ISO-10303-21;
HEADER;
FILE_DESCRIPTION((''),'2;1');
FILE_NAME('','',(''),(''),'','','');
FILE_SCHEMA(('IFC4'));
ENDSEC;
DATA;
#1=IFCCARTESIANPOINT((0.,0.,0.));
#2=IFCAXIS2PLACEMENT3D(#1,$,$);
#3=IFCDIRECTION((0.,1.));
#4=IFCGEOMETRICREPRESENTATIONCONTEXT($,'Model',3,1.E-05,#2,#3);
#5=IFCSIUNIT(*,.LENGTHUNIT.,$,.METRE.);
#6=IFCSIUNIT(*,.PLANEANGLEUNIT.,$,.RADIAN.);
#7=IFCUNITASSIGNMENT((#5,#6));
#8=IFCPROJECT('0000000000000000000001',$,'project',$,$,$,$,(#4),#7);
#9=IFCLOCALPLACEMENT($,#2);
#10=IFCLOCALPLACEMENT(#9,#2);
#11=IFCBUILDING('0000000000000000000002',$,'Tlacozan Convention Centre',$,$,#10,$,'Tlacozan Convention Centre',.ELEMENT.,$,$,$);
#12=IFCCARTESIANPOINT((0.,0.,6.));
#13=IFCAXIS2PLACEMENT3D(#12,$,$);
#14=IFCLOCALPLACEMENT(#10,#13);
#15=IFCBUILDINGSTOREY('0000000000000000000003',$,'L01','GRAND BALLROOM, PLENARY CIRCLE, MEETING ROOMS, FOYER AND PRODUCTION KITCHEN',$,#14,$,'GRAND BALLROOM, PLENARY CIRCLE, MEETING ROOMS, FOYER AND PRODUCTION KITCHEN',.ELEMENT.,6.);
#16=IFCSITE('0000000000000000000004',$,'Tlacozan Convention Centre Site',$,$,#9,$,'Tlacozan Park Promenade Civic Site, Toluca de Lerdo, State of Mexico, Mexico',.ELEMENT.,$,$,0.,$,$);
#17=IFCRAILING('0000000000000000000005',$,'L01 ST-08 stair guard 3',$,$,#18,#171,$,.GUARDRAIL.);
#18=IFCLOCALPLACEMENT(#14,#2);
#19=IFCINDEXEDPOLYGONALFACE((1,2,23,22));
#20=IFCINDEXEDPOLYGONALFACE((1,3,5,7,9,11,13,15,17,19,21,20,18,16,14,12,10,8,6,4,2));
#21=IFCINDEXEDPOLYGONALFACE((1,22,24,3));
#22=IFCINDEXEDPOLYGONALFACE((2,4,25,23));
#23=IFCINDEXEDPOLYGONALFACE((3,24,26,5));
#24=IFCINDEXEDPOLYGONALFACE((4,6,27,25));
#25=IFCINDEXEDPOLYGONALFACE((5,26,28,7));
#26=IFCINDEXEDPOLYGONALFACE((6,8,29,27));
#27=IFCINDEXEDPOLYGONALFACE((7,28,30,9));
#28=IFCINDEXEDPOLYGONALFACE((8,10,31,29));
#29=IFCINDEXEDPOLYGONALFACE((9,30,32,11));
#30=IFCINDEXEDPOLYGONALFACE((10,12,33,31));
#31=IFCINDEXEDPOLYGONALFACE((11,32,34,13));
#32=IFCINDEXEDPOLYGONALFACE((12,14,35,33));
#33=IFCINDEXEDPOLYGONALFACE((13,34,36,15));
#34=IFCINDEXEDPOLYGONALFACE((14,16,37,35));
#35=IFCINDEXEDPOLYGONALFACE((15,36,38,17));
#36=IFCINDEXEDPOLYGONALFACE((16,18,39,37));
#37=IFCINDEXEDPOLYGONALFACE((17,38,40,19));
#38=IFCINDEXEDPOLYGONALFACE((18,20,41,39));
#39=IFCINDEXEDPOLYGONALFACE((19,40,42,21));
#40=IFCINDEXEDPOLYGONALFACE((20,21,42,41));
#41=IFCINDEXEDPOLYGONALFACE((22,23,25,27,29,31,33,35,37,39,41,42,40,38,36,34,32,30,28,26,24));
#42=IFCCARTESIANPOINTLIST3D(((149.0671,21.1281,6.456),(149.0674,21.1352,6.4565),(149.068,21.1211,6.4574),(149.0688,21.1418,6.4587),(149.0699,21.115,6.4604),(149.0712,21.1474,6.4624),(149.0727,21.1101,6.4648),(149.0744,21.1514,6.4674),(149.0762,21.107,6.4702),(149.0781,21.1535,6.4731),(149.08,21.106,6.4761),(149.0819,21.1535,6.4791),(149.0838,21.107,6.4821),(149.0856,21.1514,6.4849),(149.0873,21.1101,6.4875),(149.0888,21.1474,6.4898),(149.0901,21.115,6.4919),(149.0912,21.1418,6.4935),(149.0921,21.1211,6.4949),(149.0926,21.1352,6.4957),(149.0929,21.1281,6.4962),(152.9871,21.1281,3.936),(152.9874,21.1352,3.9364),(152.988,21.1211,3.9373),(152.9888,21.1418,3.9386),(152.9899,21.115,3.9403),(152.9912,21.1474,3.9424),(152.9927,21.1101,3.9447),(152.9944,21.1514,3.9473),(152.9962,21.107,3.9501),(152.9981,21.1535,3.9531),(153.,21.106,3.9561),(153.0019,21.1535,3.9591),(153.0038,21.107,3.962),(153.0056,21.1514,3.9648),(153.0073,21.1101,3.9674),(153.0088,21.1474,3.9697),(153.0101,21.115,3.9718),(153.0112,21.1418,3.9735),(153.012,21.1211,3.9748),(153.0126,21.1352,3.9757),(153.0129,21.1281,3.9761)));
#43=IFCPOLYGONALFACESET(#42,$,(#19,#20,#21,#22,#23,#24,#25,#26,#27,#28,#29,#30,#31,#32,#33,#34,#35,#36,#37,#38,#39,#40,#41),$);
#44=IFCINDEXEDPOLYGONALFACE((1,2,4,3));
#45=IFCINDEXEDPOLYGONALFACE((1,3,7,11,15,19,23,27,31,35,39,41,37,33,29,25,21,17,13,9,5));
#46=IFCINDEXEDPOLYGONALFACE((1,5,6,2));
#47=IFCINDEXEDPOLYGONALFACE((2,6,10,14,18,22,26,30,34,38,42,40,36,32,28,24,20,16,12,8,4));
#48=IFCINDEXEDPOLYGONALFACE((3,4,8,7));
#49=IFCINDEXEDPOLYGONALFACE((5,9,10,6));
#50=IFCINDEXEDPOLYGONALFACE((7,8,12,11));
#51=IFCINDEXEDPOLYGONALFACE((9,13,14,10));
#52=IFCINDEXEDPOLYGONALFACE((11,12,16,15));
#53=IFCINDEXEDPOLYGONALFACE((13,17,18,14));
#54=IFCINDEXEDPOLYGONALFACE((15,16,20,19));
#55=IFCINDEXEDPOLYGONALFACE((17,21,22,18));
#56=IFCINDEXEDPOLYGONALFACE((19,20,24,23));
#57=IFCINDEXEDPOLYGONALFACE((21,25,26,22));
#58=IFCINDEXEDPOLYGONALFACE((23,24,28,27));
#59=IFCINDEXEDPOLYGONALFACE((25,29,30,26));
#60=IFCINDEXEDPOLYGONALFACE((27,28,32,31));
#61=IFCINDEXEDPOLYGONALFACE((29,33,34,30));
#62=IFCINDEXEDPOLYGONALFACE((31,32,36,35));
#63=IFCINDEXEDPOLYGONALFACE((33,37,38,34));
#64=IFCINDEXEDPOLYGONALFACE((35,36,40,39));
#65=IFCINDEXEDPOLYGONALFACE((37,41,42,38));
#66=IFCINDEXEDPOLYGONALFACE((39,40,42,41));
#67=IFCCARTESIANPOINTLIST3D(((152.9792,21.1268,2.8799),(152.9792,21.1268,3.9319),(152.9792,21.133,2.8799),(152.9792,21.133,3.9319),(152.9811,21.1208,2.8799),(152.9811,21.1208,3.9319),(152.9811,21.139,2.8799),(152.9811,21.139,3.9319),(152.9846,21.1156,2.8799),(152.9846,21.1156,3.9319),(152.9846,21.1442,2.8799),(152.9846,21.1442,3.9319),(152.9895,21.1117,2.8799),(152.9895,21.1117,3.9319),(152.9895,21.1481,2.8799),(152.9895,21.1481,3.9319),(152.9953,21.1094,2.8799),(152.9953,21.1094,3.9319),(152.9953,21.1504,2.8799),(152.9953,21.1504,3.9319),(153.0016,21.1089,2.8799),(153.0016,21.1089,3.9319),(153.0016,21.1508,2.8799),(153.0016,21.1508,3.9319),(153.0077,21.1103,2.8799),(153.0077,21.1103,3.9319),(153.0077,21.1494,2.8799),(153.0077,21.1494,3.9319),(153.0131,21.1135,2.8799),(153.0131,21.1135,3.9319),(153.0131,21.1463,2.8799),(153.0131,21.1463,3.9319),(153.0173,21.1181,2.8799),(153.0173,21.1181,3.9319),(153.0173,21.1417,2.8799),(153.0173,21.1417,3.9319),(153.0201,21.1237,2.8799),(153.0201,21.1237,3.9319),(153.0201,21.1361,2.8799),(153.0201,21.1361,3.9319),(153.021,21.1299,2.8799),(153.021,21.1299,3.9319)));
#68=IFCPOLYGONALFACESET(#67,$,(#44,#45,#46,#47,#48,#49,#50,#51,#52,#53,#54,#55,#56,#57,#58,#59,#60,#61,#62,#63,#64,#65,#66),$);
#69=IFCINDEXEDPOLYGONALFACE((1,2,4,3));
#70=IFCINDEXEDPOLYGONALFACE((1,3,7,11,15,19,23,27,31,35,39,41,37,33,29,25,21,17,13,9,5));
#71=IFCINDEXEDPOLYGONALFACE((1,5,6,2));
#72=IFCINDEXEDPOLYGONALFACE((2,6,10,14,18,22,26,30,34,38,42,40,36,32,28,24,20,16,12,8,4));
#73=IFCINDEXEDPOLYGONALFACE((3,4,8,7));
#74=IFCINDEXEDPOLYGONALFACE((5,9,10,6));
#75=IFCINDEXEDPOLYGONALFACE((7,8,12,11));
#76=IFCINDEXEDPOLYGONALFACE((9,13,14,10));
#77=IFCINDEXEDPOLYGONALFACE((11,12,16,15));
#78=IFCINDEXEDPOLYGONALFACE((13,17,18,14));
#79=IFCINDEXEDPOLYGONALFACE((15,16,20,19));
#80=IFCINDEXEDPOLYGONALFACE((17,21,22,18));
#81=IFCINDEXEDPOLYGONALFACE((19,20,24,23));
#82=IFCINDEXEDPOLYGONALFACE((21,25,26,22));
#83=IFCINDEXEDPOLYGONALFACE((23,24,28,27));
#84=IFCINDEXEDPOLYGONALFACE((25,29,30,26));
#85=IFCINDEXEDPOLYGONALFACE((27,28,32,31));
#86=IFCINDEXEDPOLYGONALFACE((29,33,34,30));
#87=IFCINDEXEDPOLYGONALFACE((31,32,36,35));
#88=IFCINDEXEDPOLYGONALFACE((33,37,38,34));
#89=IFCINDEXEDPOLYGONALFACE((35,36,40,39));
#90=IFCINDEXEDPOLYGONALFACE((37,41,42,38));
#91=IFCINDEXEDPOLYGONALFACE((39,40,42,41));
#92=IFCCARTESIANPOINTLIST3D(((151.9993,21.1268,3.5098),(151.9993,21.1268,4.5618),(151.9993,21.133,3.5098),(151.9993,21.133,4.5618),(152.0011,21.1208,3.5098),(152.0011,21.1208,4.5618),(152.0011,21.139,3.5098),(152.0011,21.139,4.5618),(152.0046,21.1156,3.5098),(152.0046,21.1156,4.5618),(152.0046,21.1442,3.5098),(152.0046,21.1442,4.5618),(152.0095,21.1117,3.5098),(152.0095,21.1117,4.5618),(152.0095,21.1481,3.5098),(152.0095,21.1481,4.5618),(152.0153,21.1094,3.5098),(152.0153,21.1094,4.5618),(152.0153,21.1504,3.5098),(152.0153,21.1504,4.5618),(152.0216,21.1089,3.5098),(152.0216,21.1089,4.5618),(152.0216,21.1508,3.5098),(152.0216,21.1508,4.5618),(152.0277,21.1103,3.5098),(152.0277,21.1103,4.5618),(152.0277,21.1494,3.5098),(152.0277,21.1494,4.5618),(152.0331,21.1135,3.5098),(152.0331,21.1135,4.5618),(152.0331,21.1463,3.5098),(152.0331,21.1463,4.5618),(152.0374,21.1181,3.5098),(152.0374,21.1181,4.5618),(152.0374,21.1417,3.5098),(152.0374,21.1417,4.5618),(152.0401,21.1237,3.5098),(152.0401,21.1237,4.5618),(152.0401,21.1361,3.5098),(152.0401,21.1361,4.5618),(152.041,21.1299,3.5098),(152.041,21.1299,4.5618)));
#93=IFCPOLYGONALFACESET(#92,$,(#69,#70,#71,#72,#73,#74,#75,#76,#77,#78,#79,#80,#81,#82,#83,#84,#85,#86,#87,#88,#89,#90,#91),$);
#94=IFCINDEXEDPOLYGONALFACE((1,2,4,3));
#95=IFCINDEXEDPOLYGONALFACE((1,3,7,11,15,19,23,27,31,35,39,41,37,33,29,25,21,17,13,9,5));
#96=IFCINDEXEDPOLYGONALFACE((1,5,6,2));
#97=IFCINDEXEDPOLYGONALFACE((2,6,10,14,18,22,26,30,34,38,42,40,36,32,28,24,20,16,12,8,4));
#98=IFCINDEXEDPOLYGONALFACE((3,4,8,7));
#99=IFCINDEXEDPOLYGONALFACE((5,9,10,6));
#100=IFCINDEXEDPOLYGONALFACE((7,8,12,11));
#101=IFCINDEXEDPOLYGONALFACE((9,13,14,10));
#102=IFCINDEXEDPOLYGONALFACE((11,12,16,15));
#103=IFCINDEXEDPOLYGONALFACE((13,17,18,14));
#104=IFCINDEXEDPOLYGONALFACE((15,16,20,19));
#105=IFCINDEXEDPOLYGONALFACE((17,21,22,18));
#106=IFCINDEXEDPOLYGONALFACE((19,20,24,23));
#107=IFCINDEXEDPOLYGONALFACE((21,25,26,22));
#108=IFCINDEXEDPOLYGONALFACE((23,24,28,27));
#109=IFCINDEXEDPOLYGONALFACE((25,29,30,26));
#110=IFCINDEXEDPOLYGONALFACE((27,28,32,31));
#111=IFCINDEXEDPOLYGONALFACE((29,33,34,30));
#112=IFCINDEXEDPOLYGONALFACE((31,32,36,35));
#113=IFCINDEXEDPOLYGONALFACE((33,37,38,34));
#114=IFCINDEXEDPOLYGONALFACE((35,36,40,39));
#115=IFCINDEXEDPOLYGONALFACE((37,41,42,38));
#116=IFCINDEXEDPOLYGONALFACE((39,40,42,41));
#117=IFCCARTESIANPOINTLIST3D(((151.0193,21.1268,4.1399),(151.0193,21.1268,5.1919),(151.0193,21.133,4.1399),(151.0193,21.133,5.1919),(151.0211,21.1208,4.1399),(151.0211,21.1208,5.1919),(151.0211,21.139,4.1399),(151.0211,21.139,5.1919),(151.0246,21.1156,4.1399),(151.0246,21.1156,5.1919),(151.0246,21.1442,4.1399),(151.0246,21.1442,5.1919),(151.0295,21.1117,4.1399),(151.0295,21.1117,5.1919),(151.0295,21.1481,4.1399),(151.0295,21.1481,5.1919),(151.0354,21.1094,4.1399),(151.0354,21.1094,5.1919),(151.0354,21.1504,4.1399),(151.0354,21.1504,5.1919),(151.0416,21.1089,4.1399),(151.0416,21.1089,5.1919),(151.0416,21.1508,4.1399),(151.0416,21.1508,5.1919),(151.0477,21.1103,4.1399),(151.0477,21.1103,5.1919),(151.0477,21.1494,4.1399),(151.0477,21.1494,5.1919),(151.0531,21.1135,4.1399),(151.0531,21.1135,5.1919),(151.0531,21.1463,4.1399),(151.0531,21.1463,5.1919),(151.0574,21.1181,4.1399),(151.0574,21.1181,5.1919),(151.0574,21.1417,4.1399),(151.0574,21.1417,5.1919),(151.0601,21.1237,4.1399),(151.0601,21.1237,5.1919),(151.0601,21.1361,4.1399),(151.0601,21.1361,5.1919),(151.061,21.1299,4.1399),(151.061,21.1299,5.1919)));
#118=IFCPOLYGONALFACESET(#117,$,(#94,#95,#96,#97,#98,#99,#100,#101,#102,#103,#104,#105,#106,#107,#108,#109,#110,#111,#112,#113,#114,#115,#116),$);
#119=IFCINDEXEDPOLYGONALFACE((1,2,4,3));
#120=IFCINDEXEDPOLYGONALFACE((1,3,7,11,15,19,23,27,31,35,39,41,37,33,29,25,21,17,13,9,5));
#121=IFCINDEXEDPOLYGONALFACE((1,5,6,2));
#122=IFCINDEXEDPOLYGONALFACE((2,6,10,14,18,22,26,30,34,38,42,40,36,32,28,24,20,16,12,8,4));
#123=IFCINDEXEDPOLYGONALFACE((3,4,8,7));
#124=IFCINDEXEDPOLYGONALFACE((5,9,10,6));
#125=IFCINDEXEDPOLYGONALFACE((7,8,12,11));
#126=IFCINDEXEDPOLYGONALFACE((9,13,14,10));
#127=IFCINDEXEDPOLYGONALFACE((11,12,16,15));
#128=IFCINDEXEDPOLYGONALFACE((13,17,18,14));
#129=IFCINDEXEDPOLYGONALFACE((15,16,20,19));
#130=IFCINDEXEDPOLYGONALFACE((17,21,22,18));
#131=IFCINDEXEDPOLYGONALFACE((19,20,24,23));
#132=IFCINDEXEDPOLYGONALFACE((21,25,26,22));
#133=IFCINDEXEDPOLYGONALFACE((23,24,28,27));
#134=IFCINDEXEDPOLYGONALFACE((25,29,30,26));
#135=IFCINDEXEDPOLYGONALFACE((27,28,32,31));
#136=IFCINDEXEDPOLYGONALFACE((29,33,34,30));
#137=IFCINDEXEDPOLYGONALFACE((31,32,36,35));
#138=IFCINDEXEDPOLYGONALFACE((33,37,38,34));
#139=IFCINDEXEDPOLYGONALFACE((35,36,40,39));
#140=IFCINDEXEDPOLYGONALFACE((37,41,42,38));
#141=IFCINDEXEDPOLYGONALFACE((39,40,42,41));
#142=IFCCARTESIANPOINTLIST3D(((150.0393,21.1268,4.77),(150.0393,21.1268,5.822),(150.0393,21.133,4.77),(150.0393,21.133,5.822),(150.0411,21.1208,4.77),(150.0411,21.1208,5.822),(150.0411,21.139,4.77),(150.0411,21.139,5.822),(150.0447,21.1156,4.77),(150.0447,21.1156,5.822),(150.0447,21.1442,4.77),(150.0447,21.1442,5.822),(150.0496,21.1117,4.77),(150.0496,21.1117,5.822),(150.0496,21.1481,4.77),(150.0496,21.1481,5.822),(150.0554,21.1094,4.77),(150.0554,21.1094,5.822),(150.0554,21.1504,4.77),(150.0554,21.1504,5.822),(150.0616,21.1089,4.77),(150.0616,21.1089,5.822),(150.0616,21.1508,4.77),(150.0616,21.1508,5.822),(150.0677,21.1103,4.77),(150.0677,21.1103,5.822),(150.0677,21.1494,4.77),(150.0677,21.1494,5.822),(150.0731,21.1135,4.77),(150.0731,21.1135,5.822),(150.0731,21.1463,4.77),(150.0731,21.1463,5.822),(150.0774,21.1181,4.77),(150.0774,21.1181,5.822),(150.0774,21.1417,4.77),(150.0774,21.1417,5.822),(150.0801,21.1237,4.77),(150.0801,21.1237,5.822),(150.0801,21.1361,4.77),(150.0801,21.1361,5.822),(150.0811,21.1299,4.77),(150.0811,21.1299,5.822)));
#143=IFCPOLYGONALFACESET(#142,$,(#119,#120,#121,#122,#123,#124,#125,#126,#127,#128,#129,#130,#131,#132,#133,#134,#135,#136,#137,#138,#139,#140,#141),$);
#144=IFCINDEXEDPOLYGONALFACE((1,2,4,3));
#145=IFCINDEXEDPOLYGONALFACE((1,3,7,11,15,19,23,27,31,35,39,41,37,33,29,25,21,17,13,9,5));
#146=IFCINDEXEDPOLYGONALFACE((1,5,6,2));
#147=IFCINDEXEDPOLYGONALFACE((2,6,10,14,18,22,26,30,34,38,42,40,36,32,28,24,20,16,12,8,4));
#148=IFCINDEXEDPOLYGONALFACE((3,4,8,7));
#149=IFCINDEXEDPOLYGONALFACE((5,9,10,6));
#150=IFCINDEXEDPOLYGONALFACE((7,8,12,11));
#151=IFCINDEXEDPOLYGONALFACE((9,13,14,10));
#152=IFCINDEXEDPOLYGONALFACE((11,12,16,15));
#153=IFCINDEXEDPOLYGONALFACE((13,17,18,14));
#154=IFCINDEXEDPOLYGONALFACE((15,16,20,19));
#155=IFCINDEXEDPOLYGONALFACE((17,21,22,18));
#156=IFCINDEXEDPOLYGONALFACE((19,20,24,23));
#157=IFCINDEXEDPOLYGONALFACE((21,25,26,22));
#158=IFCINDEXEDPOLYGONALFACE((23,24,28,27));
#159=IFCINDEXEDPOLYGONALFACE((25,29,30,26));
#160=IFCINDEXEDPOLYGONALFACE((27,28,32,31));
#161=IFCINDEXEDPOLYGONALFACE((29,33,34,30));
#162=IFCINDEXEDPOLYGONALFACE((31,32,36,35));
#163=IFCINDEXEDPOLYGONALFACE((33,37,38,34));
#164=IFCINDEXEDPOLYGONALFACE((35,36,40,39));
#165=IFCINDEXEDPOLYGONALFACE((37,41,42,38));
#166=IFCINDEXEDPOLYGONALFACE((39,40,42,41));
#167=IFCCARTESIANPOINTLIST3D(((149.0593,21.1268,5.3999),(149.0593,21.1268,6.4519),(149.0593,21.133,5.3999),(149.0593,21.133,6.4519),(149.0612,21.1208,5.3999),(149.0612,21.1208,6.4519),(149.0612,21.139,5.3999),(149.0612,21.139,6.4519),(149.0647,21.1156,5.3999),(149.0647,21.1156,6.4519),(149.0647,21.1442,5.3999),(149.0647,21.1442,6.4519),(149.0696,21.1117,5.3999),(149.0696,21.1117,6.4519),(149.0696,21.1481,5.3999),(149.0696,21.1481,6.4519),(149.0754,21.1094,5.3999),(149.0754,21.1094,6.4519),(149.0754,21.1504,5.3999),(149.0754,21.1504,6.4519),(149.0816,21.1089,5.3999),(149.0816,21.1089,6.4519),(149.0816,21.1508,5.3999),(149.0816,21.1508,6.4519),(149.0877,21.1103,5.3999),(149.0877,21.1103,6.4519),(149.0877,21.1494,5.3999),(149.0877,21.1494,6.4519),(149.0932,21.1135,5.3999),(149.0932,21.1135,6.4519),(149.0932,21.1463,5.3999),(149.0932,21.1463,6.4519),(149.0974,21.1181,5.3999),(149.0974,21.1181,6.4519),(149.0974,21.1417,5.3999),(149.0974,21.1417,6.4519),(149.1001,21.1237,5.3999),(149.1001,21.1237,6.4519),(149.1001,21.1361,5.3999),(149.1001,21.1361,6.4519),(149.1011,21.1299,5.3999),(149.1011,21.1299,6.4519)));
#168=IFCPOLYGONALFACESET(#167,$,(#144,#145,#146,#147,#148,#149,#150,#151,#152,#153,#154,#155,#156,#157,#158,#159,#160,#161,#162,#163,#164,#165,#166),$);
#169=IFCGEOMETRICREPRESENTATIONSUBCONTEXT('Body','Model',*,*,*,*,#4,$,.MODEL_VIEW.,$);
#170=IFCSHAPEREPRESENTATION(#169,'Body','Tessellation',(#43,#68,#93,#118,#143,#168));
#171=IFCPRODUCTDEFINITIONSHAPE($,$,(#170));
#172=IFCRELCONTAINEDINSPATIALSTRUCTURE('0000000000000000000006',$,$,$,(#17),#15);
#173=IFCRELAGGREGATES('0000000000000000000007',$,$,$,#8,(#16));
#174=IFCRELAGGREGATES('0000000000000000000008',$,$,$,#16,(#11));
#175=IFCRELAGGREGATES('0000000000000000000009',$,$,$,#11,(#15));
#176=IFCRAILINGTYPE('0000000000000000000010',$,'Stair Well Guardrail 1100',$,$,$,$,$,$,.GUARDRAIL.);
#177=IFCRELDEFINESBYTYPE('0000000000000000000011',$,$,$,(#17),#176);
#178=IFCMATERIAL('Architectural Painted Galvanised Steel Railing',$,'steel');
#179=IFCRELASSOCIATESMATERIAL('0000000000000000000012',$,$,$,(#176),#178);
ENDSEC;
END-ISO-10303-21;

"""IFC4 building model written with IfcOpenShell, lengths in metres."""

from ifc_helpers import new_model, si_unit, direction, frame, origin, origin_2d, place, context, subcontext, project, spatial, circle, extrude, material, type_object, element, save


model = new_model("IFC4")

# Units and contexts
model_context = context("Model", 3, precision=1e-05, world=origin(), true_north=direction((0.0, 1.0)))
body_context = subcontext(model_context, "Body", "Model", "MODEL_VIEW")
ifc_project = project(units=[si_unit("LENGTHUNIT", "METRE"), si_unit("PLANEANGLEUNIT", "RADIAN")], contexts=[model_context])

# Site, building, storey
site_placement = place(None, origin())
site = spatial("IfcSite", under=ifc_project, at=site_placement, Name="Tlacozan Convention Centre Site", LongName="Tlacozan Park Promenade Civic Site, Toluca de Lerdo, State of Mexico, Mexico", CompositionType="ELEMENT", RefElevation=0.0)
building_placement = place(site_placement, origin())
building = spatial("IfcBuilding", under=site, at=building_placement, Name="Tlacozan Convention Centre", LongName="Tlacozan Convention Centre", CompositionType="ELEMENT")
storey_placement = place(building_placement, frame((0.0, 0.0, 6.0)))
storey = spatial("IfcBuildingStorey", under=building, at=storey_placement, Name="L01", Description="GRAND BALLROOM, PLENARY CIRCLE, MEETING ROOMS, FOYER AND PRODUCTION KITCHEN", LongName="GRAND BALLROOM, PLENARY CIRCLE, MEETING ROOMS, FOYER AND PRODUCTION KITCHEN", CompositionType="ELEMENT", Elevation=6.0)

# Railing
ifc_material_1 = material(Name="Architectural Painted Galvanised Steel Railing", Category="steel")
railing_type_1 = type_object("IfcRailingType", Name="Stair Well Guardrail 1100", PredefinedType="GUARDRAIL", material=ifc_material_1)
railing_1_placement = place(storey_placement, frame((153.0, 21.1299, 2.8799)))
element("IfcRailing", 1, at=railing_1_placement, inside=storey, type_object=railing_type_1, Name="L01 ST-08 stair guard 3", PredefinedType="GUARDRAIL", context=body_context, shape_type="SweptSolid", body=[
    extrude(circle(Radius=0.0239, at=origin_2d()), frame((0.0, 0.0, 1.0762), z_axis=(-0.841172, 0.0, 0.540768), x_axis=(0.0, -1.0, 0.0)), (0.0, 0.0, 1.0), 4.6602),
    extrude(circle(Radius=0.021, at=origin_2d()), origin(), (0.0, 0.0, 1.0), 1.052),
    extrude(circle(Radius=0.021, at=origin_2d()), frame((-0.98, 0.0, 0.6299)), (0.0, 0.0, 1.0), 1.052),
    extrude(circle(Radius=0.021, at=origin_2d()), frame((-1.96, 0.0, 1.26)), (0.0, 0.0, 1.0), 1.052),
    extrude(circle(Radius=0.021, at=origin_2d()), frame((-2.9399, 0.0, 1.8901)), (0.0, 0.0, 1.0), 1.052),
    extrude(circle(Radius=0.021, at=origin_2d()), frame((-3.9199, 0.0, 2.52)), (0.0, 0.0, 1.0), 1.052),
])

save(model, "model.ifc")
